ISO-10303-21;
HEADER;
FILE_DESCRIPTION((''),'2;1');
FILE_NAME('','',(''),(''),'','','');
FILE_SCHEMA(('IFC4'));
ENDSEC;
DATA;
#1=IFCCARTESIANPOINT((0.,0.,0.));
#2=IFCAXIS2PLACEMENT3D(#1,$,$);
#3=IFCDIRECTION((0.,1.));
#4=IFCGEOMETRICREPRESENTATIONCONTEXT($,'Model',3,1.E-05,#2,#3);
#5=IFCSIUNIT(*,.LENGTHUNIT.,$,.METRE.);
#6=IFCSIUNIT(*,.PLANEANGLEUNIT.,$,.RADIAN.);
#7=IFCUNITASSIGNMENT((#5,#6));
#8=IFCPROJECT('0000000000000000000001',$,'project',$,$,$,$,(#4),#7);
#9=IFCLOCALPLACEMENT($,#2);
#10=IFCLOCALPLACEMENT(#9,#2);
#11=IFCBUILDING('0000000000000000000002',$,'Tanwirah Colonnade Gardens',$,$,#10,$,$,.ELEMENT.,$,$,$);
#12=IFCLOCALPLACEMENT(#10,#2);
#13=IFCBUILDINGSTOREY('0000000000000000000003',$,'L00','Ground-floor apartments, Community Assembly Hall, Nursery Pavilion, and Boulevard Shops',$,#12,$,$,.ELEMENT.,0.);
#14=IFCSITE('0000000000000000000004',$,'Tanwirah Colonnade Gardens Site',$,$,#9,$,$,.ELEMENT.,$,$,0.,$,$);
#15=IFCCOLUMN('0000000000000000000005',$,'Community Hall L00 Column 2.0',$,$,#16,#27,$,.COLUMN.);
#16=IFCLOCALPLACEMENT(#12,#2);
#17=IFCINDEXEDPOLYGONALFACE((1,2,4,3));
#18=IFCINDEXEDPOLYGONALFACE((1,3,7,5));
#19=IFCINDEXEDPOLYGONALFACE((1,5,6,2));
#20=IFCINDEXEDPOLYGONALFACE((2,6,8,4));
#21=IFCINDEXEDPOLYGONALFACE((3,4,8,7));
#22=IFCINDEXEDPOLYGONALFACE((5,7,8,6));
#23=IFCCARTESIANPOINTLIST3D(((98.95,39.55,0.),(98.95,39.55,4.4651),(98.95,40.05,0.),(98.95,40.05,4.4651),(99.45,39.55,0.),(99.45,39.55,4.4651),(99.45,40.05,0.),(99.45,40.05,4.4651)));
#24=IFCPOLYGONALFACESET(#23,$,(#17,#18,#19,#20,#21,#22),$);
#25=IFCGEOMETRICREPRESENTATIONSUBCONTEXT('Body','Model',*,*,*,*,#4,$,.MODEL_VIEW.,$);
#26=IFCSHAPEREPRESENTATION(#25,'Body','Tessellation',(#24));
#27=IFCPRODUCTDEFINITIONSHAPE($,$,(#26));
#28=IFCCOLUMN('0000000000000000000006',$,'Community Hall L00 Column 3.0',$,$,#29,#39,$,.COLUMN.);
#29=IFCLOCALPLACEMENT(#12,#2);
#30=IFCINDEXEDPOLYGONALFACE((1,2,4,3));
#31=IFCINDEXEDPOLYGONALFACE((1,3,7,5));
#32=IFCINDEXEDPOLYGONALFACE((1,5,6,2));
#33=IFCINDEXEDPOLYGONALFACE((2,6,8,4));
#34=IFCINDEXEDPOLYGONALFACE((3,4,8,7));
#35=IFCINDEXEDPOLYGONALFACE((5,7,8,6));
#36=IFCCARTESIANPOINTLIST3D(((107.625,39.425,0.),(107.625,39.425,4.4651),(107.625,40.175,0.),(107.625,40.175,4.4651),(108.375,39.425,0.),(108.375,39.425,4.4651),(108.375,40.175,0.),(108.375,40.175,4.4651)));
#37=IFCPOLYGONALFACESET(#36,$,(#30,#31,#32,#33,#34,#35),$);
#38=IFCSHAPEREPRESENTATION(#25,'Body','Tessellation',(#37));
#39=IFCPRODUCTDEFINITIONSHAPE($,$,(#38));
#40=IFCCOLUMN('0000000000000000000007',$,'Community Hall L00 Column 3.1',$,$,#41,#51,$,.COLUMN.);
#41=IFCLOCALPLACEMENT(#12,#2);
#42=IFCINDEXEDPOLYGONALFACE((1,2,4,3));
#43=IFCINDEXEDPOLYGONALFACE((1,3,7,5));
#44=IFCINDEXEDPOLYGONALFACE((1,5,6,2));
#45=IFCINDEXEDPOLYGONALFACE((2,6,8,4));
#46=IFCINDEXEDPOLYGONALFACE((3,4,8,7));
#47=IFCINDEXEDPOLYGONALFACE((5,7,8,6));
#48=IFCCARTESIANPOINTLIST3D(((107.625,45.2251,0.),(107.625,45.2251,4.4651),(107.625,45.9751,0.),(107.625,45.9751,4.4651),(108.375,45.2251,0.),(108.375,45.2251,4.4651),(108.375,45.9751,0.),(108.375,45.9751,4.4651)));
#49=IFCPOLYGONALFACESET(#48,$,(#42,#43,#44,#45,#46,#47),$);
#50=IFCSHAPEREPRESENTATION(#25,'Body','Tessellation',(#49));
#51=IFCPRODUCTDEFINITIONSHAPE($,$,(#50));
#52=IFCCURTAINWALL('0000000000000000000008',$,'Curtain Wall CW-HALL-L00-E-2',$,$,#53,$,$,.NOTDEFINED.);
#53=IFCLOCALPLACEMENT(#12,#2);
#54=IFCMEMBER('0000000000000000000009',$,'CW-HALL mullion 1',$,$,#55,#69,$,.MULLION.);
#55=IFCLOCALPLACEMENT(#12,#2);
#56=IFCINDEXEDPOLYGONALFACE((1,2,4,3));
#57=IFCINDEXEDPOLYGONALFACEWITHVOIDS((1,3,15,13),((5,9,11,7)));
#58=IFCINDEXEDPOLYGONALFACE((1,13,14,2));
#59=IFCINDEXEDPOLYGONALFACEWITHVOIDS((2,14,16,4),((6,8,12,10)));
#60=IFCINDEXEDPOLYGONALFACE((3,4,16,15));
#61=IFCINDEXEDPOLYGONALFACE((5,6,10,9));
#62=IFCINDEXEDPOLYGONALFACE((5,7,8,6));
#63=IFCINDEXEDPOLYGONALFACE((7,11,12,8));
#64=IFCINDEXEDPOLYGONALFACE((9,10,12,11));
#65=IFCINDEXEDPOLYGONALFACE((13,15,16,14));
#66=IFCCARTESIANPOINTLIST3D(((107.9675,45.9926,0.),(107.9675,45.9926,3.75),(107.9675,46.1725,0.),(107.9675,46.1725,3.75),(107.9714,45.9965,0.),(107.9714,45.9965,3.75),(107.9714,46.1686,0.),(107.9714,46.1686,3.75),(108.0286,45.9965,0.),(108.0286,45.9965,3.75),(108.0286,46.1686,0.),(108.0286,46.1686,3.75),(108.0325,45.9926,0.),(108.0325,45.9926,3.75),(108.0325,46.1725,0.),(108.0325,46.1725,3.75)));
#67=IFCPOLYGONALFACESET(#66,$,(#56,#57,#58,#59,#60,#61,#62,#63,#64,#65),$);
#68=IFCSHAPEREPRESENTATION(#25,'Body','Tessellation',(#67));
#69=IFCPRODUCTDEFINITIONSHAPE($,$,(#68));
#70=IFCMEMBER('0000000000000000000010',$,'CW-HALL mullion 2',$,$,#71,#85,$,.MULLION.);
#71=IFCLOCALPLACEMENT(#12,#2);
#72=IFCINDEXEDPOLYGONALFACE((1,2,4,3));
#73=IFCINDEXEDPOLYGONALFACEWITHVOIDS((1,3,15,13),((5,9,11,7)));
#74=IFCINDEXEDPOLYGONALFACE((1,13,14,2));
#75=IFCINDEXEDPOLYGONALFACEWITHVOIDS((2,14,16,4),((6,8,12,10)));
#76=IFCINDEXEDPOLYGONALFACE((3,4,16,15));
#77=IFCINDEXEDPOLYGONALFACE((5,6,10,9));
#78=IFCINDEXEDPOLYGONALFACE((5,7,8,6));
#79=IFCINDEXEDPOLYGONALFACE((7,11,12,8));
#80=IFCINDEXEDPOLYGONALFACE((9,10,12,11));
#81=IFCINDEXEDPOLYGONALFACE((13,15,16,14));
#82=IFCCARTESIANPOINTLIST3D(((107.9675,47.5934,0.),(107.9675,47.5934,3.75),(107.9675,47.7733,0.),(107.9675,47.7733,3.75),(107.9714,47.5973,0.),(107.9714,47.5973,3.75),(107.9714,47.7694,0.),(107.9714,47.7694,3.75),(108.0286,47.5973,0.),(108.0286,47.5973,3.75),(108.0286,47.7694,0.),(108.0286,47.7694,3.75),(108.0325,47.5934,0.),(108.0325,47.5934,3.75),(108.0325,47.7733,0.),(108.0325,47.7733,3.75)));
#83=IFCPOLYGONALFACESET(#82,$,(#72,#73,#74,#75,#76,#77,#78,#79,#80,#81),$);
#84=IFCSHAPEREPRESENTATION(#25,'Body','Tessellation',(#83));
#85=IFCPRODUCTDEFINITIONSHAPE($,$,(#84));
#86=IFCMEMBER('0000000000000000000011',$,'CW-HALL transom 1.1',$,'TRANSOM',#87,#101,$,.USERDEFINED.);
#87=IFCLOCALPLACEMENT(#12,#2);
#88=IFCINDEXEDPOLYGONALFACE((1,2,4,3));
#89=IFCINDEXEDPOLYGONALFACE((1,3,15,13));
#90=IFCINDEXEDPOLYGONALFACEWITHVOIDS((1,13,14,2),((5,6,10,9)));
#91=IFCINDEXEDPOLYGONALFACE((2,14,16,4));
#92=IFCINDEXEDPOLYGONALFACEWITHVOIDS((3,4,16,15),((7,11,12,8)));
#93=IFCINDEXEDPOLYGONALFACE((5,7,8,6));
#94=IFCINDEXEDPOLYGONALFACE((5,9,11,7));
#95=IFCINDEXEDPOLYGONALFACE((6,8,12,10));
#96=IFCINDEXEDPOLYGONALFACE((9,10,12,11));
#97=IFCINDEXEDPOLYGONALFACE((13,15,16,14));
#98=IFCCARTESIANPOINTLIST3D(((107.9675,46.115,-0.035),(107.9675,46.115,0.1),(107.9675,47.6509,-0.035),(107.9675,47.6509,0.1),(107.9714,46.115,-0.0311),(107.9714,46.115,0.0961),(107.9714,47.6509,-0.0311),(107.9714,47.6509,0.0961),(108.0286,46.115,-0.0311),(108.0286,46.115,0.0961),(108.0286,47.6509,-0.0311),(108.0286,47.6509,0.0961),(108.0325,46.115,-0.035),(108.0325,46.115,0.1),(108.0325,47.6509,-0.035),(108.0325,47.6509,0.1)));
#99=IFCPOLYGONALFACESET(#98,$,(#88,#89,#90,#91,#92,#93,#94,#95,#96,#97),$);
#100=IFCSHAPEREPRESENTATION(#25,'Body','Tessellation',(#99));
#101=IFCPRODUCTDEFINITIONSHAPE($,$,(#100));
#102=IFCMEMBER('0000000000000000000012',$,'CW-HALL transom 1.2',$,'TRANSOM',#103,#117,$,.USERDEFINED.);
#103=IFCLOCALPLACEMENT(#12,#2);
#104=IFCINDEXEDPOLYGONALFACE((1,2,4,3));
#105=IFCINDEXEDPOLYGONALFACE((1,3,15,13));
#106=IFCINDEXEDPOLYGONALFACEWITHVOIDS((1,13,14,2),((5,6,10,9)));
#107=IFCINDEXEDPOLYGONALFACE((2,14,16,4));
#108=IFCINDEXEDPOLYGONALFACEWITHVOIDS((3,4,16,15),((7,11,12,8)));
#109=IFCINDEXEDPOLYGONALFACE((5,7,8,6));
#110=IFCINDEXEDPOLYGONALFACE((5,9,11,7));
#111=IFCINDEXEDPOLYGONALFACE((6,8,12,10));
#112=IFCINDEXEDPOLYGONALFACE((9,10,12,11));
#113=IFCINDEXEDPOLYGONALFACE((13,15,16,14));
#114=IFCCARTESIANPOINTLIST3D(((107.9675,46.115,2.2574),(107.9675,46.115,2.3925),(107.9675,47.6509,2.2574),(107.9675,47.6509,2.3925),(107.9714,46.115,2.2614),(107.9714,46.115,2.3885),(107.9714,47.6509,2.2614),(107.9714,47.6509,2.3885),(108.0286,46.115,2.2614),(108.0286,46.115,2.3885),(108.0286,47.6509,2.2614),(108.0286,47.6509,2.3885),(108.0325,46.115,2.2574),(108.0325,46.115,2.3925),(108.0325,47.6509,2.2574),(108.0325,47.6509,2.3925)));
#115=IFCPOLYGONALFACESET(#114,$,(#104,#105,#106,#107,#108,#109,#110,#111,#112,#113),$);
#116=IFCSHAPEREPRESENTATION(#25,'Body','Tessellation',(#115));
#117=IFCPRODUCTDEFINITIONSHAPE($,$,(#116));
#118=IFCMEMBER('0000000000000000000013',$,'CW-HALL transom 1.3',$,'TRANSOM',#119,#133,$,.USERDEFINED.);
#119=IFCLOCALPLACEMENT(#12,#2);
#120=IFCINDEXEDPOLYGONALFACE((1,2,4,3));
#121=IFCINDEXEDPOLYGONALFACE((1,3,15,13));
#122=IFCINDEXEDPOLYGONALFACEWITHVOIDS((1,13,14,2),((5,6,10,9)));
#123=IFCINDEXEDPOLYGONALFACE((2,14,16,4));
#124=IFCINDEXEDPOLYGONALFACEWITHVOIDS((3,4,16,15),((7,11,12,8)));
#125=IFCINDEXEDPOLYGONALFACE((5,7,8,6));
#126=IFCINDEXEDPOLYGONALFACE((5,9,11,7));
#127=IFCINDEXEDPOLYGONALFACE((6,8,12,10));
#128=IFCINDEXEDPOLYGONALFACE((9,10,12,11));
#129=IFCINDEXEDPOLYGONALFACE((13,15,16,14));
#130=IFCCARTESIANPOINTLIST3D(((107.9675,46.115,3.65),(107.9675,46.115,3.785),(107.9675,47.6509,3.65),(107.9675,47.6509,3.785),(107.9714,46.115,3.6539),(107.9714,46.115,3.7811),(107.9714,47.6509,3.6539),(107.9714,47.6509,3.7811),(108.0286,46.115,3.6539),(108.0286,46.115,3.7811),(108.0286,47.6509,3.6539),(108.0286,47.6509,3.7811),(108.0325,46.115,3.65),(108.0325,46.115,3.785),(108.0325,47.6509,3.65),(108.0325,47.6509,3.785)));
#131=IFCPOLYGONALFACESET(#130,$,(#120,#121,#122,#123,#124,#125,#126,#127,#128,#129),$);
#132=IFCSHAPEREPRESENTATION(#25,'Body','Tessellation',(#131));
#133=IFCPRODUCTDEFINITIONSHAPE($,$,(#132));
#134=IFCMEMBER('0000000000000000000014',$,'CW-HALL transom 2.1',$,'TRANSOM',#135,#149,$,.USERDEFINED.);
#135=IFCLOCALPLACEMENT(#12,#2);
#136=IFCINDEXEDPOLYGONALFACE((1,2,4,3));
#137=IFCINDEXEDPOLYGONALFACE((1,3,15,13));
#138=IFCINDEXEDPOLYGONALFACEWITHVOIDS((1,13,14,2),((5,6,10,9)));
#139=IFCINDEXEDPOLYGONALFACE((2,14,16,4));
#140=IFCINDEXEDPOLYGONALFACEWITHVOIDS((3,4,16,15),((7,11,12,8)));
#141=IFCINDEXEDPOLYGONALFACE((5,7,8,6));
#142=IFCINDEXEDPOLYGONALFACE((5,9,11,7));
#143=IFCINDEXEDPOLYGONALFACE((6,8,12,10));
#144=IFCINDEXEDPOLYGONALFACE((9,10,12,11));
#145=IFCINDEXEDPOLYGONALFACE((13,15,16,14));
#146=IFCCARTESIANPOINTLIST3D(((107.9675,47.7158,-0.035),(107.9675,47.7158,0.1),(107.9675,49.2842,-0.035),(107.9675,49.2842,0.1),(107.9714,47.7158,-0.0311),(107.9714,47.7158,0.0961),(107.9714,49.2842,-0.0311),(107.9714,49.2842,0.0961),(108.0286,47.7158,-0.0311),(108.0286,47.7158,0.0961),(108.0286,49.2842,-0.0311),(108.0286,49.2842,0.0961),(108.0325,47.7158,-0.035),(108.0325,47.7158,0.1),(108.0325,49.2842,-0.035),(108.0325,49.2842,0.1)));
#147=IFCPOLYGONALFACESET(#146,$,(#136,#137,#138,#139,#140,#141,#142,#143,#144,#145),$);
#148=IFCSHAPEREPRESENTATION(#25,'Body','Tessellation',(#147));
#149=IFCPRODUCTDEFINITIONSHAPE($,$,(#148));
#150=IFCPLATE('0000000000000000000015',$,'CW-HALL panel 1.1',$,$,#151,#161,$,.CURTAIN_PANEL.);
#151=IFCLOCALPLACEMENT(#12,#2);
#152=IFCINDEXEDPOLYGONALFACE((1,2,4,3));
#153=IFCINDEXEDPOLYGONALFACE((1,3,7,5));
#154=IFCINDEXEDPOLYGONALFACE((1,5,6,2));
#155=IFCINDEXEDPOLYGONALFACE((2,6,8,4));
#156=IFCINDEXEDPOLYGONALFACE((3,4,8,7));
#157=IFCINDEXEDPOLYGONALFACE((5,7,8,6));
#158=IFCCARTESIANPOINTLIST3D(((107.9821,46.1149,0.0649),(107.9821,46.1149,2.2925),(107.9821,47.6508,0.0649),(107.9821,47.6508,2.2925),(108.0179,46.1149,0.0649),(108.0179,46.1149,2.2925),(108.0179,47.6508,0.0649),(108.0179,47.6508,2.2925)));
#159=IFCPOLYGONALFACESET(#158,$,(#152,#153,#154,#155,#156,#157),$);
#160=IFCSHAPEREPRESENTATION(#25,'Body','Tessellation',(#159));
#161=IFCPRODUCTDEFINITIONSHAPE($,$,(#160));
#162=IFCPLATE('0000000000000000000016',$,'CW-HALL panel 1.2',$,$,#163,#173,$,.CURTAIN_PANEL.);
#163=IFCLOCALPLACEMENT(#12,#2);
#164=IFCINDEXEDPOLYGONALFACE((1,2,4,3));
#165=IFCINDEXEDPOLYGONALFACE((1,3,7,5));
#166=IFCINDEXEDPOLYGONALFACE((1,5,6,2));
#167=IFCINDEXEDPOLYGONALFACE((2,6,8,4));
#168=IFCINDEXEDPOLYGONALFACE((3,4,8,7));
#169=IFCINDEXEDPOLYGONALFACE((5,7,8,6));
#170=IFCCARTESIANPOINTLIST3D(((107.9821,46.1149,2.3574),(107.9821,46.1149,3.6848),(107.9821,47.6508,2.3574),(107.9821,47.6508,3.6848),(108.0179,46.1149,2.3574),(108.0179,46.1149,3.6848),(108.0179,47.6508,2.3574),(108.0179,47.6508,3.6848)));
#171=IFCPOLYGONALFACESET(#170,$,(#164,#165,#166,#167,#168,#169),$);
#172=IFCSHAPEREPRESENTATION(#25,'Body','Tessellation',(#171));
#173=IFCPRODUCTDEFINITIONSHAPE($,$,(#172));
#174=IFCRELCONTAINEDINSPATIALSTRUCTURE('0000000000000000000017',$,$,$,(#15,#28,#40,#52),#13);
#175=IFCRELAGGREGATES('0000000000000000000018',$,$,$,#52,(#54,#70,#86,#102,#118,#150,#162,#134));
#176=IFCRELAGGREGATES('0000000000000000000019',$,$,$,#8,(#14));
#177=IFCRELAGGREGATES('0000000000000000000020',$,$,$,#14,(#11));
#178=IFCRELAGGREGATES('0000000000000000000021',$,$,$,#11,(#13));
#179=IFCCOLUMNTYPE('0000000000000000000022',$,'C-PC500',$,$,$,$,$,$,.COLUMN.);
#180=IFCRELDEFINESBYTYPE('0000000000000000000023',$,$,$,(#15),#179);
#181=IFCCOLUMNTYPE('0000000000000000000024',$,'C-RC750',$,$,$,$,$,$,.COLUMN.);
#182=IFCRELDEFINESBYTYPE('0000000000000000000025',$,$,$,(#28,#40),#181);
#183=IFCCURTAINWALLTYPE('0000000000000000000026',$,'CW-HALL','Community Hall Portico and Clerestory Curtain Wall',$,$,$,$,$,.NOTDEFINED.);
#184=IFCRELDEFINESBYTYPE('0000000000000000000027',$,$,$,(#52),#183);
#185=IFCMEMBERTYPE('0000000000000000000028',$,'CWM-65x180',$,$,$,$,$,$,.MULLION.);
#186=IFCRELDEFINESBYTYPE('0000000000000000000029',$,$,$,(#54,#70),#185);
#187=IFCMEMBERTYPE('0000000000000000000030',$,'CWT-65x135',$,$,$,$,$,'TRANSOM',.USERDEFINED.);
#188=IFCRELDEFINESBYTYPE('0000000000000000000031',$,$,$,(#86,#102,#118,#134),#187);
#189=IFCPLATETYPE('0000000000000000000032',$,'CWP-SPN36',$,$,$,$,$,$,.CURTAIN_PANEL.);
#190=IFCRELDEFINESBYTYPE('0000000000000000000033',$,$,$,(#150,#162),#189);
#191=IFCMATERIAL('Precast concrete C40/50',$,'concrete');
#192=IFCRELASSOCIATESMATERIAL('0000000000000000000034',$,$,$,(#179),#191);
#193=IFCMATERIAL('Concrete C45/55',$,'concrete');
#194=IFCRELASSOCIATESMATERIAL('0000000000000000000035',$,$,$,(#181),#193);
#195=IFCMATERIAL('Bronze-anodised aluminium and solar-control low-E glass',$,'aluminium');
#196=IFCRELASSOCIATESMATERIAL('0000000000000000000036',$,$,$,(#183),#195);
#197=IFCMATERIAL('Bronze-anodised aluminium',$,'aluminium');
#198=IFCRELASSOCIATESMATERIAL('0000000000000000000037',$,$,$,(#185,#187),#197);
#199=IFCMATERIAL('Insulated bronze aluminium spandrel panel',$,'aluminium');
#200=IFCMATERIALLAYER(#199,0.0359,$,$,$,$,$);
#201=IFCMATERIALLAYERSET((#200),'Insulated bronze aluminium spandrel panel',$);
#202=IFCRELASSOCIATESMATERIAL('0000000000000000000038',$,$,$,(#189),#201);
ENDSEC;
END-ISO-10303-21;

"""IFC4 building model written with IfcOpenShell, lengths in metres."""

from ifc_helpers import new_model, si_unit, direction, frame, origin, origin_2d, place, context, subcontext, project, spatial, rectangle, hollow_rectangle, extrude, material, layer, layer_set, material_profile, profile_set, type_object, element, aggregate, save


model = new_model("IFC4")

# Units and contexts
model_context = context("Model", 3, precision=1e-05, world=origin(), true_north=direction((0.0, 1.0)))
body_context = subcontext(model_context, "Body", "Model", "MODEL_VIEW")
ifc_project = project(units=[si_unit("LENGTHUNIT", "METRE"), si_unit("PLANEANGLEUNIT", "RADIAN")], contexts=[model_context])

# Site, building, storey
site_placement = place(None, origin())
site = spatial("IfcSite", under=ifc_project, at=site_placement, Name="Tanwirah Colonnade Gardens Site", CompositionType="ELEMENT", RefElevation=0.0)
building_placement = place(site_placement, origin())
building = spatial("IfcBuilding", under=site, at=building_placement, Name="Tanwirah Colonnade Gardens", CompositionType="ELEMENT")
storey_placement = place(building_placement, origin())
storey = spatial("IfcBuildingStorey", under=building, at=storey_placement, Name="L00", Description="Ground-floor apartments, Community Assembly Hall, Nursery Pavilion, and Boulevard Shops", CompositionType="ELEMENT", Elevation=0.0)

# Columns
ifc_material_1 = material(Name="Precast concrete C40/50", Category="concrete")
ifc_material_profile_1 = material_profile(ifc_material_1, rectangle(XDim=0.5, YDim=0.5, at=origin_2d()), Name="PC-COL 500x500")
ifc_profile_set_1 = profile_set([ifc_material_profile_1], Name="Precast concrete C40/50")
column_type_1 = type_object("IfcColumnType", Name="C-PC500", PredefinedType="COLUMN", material=ifc_profile_set_1)
column_placement = place(storey_placement, frame((99.2, 39.8, 0.0), z_axis=(0.0, 0.0, 1.0), x_axis=(1.0, 0.0, 0.0)))
element("IfcColumn", 1, at=column_placement, inside=storey, type_object=column_type_1, Name="Community Hall L00 Column 2.0", PredefinedType="COLUMN", context=body_context, shape_type="SweptSolid", body=[
    extrude(rectangle(XDim=0.5, YDim=0.5, at=origin_2d()), origin(), (0.0, 0.0, 1.0), 4.4651),
])
ifc_material_2 = material(Name="Concrete C45/55", Category="concrete")
ifc_material_profile_2 = material_profile(ifc_material_2, rectangle(XDim=0.75, YDim=0.75, at=origin_2d()), Name="RC-COL 750x750")
ifc_profile_set_2 = profile_set([ifc_material_profile_2], Name="Concrete C45/55")
column_type_2 = type_object("IfcColumnType", Name="C-RC750", PredefinedType="COLUMN", material=ifc_profile_set_2)
for number, where, z_axis, x_axis, name in (
    (2, (108.0, 39.8, 0.0), (0.0, 0.0, 1.0), (1.0, 0.0, 0.0), "Community Hall L00 Column 3.0"),
    (3, (108.0, 45.6001, 0.0), (0.0, 0.0, 1.0), (1.0, 0.0, 0.0), "Community Hall L00 Column 3.1"),
):
    element("IfcColumn", number, at=place(storey_placement, frame(where, z_axis=z_axis, x_axis=x_axis)), inside=storey, type_object=column_type_2, Name=name, PredefinedType="COLUMN", context=body_context, shape_type="SweptSolid", body=[
        extrude(rectangle(XDim=0.75, YDim=0.75, at=origin_2d()), origin(), (0.0, 0.0, 1.0), 4.4651),
    ])

# Curtain wall, members, plates
ifc_material_3 = material(Name="Bronze-anodised aluminium and solar-control low-E glass", Category="aluminium")
curtain_wall_type = type_object("IfcCurtainWallType", Name="CW-HALL", Description="Community Hall Portico and Clerestory Curtain Wall", PredefinedType="NOTDEFINED", material=ifc_material_3)
curtain_wall_placement = place(storey_placement, origin())
curtain_wall = element("IfcCurtainWall", 4, at=curtain_wall_placement, inside=storey, type_object=curtain_wall_type, Name="Curtain Wall CW-HALL-L00-E-2", PredefinedType="NOTDEFINED")
ifc_material_4 = material(Name="Bronze-anodised aluminium", Category="aluminium")
ifc_material_profile_3 = material_profile(ifc_material_4, hollow_rectangle(XDim=0.0649, YDim=0.1799, WallThickness=0.0039, at=origin_2d()), Name="CW-MUL 65x180x4")
ifc_profile_set_3 = profile_set([ifc_material_profile_3], Name="Bronze-anodised aluminium")
member_type_1 = type_object("IfcMemberType", Name="CWM-65x180", PredefinedType="MULLION", material=ifc_profile_set_3)
member_1_placement = place(storey_placement, frame((108.0, 46.0825, 0.0), z_axis=(0.0, 0.0, 1.0), x_axis=(-1.0, 0.0, 0.0)))
member_1 = element("IfcMember", 5, at=member_1_placement, type_object=member_type_1, Name="CW-HALL mullion 1", PredefinedType="MULLION", context=body_context, shape_type="SweptSolid", body=[
    extrude(hollow_rectangle(XDim=0.0649, YDim=0.1799, WallThickness=0.0039, at=origin_2d()), origin(), (0.0, 0.0, 1.0), 3.75),
])
member_2_placement = place(storey_placement, frame((108.0, 47.6833, 0.0), z_axis=(0.0, 0.0, 1.0), x_axis=(-1.0, 0.0, 0.0)))
member_2 = element("IfcMember", 6, at=member_2_placement, type_object=member_type_1, Name="CW-HALL mullion 2", PredefinedType="MULLION", context=body_context, shape_type="SweptSolid", body=[
    extrude(hollow_rectangle(XDim=0.0649, YDim=0.1799, WallThickness=0.0039, at=origin_2d()), origin(), (0.0, 0.0, 1.0), 3.75),
])
ifc_material_profile_4 = material_profile(ifc_material_4, hollow_rectangle(XDim=0.0649, YDim=0.135, WallThickness=0.0039, at=origin_2d()), Name="CW-TRN 65x135x4")
ifc_profile_set_4 = profile_set([ifc_material_profile_4], Name="Bronze-anodised aluminium")
member_type_2 = type_object("IfcMemberType", Name="CWT-65x135", ElementType="TRANSOM", PredefinedType="USERDEFINED", material=ifc_profile_set_4)
member_3_placement = place(storey_placement, frame((108.0, 46.115, 0.0325), z_axis=(0.0, 1.0, 0.0), x_axis=(-1.0, 0.0, 0.0)))
member_3 = element("IfcMember", 7, at=member_3_placement, type_object=member_type_2, Name="CW-HALL transom 1.1", ObjectType="TRANSOM", PredefinedType="USERDEFINED", context=body_context, shape_type="SweptSolid", body=[
    extrude(hollow_rectangle(XDim=0.0649, YDim=0.135, WallThickness=0.0039, at=origin_2d()), origin(), (0.0, 0.0, 1.0), 1.5359),
])
member_4_placement = place(storey_placement, frame((108.0, 46.115, 2.325), z_axis=(0.0, 1.0, 0.0), x_axis=(-1.0, 0.0, 0.0)))
member_4 = element("IfcMember", 8, at=member_4_placement, type_object=member_type_2, Name="CW-HALL transom 1.2", ObjectType="TRANSOM", PredefinedType="USERDEFINED", context=body_context, shape_type="SweptSolid", body=[
    extrude(hollow_rectangle(XDim=0.0649, YDim=0.135, WallThickness=0.0039, at=origin_2d()), origin(), (0.0, 0.0, 1.0), 1.5359),
])
member_5_placement = place(storey_placement, frame((108.0, 46.115, 3.7175), z_axis=(0.0, 1.0, 0.0), x_axis=(-1.0, 0.0, 0.0)))
member_5 = element("IfcMember", 9, at=member_5_placement, type_object=member_type_2, Name="CW-HALL transom 1.3", ObjectType="TRANSOM", PredefinedType="USERDEFINED", context=body_context, shape_type="SweptSolid", body=[
    extrude(hollow_rectangle(XDim=0.0649, YDim=0.135, WallThickness=0.0039, at=origin_2d()), origin(), (0.0, 0.0, 1.0), 1.5359),
])
member_6_placement = place(storey_placement, frame((108.0, 47.7158, 0.0325), z_axis=(0.0, 1.0, 0.0), x_axis=(-1.0, 0.0, 0.0)))
member_6 = element("IfcMember", 10, at=member_6_placement, type_object=member_type_2, Name="CW-HALL transom 2.1", ObjectType="TRANSOM", PredefinedType="USERDEFINED", context=body_context, shape_type="SweptSolid", body=[
    extrude(hollow_rectangle(XDim=0.0649, YDim=0.135, WallThickness=0.0039, at=origin_2d()), origin(), (0.0, 0.0, 1.0), 1.5684),
])
ifc_material_5 = material(Name="Insulated bronze aluminium spandrel panel", Category="aluminium")
ifc_layer_1 = layer(ifc_material_5, 0.0359)
ifc_layer_set_1 = layer_set([ifc_layer_1], Name="Insulated bronze aluminium spandrel panel")
plate_type = type_object("IfcPlateType", Name="CWP-SPN36", PredefinedType="CURTAIN_PANEL", material=ifc_layer_set_1)
plate_1_placement = place(storey_placement, frame((108.0, 46.8828, 0.0649), z_axis=(0.0, 0.0, 1.0), x_axis=(0.0, 1.0, 0.0)))
plate_1 = element("IfcPlate", 11, at=plate_1_placement, type_object=plate_type, Name="CW-HALL panel 1.1", PredefinedType="CURTAIN_PANEL", context=body_context, shape_type="SweptSolid", body=[
    extrude(rectangle(XDim=1.5359, YDim=0.0359, at=origin_2d()), origin(), (0.0, 0.0, 1.0), 2.2275),
])
plate_2_placement = place(storey_placement, frame((108.0, 46.8828, 2.3574), z_axis=(0.0, 0.0, 1.0), x_axis=(0.0, 1.0, 0.0)))
plate_2 = element("IfcPlate", 12, at=plate_2_placement, type_object=plate_type, Name="CW-HALL panel 1.2", PredefinedType="CURTAIN_PANEL", context=body_context, shape_type="SweptSolid", body=[
    extrude(rectangle(XDim=1.5359, YDim=0.0359, at=origin_2d()), origin(), (0.0, 0.0, 1.0), 1.3274),
])
aggregate(curtain_wall, [member_1, member_2, member_3, member_4, member_5, plate_1, plate_2, member_6])

save(model, "model.ifc")
